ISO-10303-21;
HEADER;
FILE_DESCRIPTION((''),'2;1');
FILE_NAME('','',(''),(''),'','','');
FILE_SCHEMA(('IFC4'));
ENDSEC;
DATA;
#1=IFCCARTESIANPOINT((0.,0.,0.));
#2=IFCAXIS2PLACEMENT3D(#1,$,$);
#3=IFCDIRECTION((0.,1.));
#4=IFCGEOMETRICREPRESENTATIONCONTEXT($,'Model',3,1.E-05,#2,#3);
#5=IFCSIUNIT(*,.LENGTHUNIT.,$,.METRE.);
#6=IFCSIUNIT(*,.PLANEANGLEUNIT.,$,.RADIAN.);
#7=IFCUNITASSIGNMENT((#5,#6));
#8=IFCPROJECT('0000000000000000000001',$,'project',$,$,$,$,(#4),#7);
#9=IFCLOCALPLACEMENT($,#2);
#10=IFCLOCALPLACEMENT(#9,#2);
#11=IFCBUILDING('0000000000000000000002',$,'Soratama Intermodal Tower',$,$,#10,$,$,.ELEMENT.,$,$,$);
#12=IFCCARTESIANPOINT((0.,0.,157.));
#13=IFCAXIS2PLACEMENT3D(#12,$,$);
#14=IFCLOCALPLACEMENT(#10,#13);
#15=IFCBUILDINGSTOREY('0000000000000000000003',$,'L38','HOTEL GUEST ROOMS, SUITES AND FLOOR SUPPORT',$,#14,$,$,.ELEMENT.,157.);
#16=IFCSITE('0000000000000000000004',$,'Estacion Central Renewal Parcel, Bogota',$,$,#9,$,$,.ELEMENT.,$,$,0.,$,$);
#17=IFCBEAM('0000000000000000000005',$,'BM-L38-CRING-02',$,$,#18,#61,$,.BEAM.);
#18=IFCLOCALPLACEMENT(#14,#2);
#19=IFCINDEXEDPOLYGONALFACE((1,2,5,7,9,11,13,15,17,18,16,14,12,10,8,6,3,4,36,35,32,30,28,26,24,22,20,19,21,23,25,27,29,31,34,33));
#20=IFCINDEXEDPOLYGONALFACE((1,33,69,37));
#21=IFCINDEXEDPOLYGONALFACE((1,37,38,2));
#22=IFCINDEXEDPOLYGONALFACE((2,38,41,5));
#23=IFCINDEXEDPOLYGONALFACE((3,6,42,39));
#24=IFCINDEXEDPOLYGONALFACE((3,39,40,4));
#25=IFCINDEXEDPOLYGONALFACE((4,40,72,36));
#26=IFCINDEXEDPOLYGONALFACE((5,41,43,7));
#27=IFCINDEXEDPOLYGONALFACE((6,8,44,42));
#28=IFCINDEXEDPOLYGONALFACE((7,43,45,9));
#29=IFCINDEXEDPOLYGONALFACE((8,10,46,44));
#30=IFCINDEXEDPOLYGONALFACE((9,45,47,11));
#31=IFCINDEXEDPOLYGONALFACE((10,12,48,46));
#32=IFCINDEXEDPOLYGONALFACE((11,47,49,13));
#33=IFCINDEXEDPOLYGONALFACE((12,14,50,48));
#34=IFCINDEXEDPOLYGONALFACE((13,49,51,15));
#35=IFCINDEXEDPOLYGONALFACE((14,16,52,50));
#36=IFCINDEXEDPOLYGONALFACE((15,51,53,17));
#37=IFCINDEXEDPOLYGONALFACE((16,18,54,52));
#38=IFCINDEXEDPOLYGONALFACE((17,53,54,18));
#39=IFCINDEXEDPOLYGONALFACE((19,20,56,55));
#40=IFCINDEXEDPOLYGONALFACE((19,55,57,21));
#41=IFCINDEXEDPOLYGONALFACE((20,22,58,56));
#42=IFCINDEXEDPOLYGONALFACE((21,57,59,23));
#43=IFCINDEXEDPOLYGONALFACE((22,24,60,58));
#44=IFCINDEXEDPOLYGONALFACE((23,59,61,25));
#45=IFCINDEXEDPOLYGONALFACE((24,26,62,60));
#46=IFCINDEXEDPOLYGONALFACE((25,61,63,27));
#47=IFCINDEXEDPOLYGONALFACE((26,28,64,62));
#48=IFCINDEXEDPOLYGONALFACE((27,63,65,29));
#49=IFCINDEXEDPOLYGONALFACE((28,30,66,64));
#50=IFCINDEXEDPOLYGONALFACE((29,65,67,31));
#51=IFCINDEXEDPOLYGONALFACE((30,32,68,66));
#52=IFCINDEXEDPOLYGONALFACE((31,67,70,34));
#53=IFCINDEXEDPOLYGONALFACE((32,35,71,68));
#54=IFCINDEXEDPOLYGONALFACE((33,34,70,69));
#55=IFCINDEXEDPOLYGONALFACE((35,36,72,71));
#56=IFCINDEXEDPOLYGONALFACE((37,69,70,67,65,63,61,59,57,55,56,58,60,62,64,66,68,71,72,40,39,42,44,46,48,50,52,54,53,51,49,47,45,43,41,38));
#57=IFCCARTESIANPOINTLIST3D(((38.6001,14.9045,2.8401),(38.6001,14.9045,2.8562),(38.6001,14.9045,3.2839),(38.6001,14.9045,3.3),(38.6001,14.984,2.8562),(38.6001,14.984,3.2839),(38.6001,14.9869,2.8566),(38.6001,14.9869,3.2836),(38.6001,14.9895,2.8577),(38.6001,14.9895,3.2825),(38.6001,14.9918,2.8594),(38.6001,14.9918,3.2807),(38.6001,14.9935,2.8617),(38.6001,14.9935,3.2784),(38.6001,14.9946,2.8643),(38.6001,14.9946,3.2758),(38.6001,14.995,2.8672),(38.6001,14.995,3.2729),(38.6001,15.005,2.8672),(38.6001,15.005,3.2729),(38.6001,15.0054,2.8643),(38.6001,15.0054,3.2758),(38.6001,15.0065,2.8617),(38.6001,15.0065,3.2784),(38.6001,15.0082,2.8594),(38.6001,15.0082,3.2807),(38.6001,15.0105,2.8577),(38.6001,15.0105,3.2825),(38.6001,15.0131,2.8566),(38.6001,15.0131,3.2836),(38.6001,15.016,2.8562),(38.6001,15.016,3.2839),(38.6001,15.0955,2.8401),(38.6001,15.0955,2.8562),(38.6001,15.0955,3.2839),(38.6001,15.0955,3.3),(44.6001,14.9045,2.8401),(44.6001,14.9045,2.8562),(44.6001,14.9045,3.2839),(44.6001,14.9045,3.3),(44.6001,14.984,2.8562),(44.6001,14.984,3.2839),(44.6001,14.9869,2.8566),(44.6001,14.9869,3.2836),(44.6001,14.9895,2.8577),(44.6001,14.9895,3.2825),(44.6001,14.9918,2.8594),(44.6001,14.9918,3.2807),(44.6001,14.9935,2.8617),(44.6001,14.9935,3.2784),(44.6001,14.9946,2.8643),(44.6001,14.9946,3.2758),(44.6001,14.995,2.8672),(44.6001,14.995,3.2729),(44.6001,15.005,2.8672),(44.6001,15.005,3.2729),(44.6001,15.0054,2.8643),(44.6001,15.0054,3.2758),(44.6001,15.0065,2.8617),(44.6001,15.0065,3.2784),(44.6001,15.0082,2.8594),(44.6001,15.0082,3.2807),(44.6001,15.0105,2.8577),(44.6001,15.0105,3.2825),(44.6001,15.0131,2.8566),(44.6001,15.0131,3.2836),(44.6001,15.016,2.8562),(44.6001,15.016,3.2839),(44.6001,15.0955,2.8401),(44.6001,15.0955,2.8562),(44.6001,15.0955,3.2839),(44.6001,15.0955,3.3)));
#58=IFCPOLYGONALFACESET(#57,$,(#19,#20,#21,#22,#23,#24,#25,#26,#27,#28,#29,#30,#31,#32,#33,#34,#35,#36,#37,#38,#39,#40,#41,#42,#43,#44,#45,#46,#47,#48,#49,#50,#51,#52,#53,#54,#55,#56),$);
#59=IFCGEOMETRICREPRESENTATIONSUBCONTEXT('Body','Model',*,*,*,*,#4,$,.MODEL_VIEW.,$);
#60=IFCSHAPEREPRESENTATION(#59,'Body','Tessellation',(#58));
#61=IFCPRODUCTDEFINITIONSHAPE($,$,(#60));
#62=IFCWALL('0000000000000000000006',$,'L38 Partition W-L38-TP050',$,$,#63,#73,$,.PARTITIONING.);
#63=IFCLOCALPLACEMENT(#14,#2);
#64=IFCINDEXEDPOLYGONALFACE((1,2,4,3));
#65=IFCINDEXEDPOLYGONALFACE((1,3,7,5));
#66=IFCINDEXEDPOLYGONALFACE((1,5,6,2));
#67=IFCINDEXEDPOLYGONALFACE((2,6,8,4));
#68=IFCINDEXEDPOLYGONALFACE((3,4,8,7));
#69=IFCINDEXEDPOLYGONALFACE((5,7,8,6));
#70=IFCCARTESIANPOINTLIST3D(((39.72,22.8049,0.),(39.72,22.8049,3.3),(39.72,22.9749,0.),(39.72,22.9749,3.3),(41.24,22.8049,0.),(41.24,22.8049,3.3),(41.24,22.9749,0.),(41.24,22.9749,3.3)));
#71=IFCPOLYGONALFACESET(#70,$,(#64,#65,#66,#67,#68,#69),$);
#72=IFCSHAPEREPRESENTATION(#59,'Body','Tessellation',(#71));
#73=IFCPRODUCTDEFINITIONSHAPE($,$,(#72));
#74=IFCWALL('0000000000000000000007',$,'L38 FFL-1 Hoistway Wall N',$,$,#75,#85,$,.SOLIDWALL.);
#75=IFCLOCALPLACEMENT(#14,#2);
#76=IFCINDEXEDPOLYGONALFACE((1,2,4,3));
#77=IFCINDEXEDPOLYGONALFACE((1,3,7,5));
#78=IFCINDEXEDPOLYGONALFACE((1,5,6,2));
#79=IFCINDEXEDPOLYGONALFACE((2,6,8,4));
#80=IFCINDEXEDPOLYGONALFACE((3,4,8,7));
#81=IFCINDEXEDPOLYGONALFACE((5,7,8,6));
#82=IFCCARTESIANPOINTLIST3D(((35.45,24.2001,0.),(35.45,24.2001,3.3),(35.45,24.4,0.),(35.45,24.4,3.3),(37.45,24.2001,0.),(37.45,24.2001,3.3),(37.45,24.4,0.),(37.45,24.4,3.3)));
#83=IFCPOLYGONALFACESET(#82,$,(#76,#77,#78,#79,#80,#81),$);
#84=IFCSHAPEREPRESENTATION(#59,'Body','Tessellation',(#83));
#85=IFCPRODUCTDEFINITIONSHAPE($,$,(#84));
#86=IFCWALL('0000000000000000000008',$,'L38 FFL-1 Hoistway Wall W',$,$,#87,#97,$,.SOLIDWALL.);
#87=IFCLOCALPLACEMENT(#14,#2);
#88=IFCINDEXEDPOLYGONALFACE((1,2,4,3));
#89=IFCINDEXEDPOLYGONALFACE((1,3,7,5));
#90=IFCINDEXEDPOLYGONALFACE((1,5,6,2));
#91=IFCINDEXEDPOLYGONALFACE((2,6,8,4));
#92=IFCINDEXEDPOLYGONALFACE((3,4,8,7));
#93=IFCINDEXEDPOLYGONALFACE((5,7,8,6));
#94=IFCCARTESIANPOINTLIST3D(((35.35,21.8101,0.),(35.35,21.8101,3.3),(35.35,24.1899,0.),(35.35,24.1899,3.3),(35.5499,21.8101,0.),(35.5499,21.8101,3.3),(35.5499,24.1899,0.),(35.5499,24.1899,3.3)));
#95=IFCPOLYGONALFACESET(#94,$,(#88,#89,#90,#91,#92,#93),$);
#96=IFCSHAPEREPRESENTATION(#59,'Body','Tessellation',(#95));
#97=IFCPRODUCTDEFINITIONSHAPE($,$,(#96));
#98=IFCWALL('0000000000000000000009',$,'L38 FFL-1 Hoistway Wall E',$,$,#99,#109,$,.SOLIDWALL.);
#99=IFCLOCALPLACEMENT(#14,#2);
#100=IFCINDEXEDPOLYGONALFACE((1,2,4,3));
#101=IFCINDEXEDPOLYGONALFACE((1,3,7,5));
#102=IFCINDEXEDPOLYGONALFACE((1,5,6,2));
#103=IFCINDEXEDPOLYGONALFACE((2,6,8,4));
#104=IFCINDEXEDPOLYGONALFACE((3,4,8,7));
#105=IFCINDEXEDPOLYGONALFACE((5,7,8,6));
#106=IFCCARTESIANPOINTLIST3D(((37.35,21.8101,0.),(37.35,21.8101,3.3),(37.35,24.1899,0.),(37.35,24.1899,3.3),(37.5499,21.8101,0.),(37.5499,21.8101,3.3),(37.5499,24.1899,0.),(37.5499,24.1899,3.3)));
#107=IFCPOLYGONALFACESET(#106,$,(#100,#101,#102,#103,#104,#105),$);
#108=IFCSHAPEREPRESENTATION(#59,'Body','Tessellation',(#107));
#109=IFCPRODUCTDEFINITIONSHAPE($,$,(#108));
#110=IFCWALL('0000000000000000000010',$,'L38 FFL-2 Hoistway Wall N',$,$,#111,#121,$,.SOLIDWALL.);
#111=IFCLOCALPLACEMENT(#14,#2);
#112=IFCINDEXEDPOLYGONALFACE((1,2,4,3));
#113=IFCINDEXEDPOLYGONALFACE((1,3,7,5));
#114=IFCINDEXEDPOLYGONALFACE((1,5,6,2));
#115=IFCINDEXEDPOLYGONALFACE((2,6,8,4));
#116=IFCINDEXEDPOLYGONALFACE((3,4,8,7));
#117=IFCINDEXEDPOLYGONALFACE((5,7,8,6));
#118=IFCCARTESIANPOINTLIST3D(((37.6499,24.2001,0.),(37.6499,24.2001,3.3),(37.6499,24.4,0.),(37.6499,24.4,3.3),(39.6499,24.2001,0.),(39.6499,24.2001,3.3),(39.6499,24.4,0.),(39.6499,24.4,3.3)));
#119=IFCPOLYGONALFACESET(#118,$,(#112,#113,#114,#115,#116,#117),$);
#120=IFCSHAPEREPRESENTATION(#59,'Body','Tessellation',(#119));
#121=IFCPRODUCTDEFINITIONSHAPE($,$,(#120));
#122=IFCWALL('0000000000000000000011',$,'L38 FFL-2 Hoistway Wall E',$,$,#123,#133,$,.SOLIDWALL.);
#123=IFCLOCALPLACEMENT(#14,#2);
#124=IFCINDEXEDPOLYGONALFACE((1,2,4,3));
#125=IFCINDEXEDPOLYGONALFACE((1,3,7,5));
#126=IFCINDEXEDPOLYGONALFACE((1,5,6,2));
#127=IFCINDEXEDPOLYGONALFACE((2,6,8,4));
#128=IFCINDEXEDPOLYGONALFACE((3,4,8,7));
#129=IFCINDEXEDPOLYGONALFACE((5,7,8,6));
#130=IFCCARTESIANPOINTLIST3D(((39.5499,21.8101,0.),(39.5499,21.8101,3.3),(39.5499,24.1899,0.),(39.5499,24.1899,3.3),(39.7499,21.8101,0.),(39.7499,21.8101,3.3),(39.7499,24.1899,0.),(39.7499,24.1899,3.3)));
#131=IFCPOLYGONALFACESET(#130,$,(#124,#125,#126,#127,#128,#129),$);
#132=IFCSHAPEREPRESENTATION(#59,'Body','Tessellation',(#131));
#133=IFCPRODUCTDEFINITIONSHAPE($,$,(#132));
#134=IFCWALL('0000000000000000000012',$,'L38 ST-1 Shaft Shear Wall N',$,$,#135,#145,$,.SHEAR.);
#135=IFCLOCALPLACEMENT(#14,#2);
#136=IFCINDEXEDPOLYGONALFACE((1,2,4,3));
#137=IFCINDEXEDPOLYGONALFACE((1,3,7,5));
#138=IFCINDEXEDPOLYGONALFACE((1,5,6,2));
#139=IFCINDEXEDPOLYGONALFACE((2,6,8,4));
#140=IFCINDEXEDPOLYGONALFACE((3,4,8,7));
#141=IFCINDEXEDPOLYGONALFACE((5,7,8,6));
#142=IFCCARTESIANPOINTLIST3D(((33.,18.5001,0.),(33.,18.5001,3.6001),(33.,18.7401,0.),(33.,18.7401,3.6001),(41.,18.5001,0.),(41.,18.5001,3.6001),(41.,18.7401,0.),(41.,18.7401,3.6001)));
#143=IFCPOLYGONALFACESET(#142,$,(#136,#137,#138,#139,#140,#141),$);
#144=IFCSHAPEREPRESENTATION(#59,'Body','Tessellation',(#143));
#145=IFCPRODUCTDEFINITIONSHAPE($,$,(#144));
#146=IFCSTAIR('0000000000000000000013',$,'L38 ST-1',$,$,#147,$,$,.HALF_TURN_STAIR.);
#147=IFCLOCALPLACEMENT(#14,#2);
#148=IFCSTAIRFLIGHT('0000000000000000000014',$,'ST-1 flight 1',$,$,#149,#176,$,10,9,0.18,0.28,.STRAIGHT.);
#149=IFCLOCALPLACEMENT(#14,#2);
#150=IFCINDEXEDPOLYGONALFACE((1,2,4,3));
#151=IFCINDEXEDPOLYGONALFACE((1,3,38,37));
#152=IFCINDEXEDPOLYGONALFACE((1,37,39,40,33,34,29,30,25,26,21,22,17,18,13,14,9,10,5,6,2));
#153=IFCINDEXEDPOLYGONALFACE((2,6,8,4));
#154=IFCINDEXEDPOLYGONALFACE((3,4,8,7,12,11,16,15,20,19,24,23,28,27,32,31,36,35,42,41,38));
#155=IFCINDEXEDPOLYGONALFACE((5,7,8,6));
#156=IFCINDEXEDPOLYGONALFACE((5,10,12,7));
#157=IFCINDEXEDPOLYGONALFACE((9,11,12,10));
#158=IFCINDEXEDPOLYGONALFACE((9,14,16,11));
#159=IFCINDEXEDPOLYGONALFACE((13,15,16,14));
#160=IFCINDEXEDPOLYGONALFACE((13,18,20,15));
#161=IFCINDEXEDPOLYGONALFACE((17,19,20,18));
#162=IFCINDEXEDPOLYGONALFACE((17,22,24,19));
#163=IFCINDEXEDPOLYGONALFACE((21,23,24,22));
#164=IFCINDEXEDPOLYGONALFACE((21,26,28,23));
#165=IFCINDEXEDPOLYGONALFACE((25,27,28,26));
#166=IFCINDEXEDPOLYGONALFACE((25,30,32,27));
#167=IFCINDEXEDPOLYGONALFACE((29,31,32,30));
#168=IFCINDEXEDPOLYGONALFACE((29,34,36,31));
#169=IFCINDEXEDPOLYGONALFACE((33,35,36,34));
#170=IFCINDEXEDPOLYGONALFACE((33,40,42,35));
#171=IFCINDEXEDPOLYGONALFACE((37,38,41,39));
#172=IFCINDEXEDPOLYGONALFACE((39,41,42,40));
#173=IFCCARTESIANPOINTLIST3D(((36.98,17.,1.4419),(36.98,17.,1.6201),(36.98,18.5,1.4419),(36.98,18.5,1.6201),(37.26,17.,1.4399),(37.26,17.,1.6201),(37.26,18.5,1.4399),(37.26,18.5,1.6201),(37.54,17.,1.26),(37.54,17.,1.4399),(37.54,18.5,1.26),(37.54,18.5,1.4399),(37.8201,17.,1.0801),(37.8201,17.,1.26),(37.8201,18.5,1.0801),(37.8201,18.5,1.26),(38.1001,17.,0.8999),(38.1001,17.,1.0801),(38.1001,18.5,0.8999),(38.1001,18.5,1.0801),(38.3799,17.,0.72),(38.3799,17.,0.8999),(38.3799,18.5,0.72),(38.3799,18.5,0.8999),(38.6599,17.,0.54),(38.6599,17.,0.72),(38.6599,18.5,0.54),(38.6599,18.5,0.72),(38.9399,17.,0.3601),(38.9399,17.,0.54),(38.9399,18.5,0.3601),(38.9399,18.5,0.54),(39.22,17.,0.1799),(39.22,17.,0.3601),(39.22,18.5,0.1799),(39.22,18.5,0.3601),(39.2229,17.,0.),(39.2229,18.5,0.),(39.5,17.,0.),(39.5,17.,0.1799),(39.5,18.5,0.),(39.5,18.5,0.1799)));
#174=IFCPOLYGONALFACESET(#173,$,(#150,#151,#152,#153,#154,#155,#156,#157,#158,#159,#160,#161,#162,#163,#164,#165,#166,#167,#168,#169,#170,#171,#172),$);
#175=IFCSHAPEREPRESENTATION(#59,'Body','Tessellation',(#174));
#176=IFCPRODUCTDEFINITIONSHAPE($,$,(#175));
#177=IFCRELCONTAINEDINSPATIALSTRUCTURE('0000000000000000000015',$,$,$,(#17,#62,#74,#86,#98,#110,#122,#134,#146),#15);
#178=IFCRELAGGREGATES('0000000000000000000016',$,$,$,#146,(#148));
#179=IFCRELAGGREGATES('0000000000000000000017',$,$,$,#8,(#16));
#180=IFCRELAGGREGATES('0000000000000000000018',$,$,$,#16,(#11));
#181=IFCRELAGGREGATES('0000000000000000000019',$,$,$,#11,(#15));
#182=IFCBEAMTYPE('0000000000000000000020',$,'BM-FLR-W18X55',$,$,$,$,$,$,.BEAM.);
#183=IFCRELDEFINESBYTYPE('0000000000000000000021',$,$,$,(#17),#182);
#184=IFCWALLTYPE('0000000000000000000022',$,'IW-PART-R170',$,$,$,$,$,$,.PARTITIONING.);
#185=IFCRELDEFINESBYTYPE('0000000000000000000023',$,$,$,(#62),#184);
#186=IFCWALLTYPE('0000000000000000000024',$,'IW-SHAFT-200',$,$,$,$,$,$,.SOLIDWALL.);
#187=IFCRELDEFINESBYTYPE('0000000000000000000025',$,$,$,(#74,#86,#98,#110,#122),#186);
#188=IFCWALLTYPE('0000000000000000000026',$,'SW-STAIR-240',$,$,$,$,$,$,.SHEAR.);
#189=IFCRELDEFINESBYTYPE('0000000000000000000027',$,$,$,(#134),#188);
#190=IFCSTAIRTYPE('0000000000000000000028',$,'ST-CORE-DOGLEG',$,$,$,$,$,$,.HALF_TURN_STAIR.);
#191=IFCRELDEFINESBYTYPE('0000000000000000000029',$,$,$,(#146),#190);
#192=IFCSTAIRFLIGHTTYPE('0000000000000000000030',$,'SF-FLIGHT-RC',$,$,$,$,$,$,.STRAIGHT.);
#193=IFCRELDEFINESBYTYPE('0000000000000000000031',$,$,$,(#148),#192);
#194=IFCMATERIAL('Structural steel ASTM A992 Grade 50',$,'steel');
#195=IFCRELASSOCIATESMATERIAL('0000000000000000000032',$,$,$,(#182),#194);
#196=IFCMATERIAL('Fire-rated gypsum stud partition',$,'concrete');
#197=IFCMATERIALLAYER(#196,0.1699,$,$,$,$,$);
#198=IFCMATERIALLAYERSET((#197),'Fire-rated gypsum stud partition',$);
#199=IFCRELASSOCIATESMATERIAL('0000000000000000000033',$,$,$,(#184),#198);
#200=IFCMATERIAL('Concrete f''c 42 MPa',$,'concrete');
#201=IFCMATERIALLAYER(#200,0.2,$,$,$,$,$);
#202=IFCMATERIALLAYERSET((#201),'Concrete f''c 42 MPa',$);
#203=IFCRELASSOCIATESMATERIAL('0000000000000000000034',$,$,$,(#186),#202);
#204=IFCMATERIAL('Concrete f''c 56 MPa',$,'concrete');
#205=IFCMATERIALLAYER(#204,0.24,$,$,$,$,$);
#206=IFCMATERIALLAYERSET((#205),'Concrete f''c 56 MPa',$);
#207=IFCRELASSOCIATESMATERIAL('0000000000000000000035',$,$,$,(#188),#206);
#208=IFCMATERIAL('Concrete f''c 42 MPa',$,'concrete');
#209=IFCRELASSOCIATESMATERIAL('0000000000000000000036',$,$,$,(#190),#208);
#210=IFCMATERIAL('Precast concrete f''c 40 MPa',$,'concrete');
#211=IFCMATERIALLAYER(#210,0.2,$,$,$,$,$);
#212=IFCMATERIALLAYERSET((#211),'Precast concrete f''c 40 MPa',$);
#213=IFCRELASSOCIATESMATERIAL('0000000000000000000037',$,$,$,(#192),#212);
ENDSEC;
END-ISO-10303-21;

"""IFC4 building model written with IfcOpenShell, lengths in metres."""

from ifc_helpers import new_model, si_unit, direction, frame, frame_2d, origin, origin_2d, place, context, subcontext, project, spatial, polyline, rectangle, i_section, outline, extrude, material, layer, layer_set, material_profile, profile_set, type_object, element, aggregate, save


model = new_model("IFC4")

# Units and contexts
model_context = context("Model", 3, precision=1e-05, world=origin(), true_north=direction((0.0, 1.0)))
body_context = subcontext(model_context, "Body", "Model", "MODEL_VIEW")
ifc_project = project(units=[si_unit("LENGTHUNIT", "METRE"), si_unit("PLANEANGLEUNIT", "RADIAN")], contexts=[model_context])

# Site, building, storey
site_placement = place(None, origin())
site = spatial("IfcSite", under=ifc_project, at=site_placement, Name="Estacion Central Renewal Parcel, Bogota", CompositionType="ELEMENT", RefElevation=0.0)
building_placement = place(site_placement, origin())
building = spatial("IfcBuilding", under=site, at=building_placement, Name="Soratama Intermodal Tower", CompositionType="ELEMENT")
storey_placement = place(building_placement, frame((0.0, 0.0, 157.0)))
storey = spatial("IfcBuildingStorey", under=building, at=storey_placement, Name="L38", Description="HOTEL GUEST ROOMS, SUITES AND FLOOR SUPPORT", CompositionType="ELEMENT", Elevation=157.0)

# Beam
ifc_material_1 = material(Name="Structural steel ASTM A992 Grade 50", Category="steel")
ifc_material_profile = material_profile(ifc_material_1, i_section(OverallWidth=0.1909, OverallDepth=0.46, WebThickness=0.01, FlangeThickness=0.0161, FilletRadius=0.011, at=origin_2d()), Name="W18X55")
ifc_profile_set = profile_set([ifc_material_profile], Name="Structural steel ASTM A992 Grade 50")
beam_type = type_object("IfcBeamType", Name="BM-FLR-W18X55", PredefinedType="BEAM", material=ifc_profile_set)
beam_placement = place(storey_placement, frame((38.6001, 15.0, 3.0701), z_axis=(1.0, 0.0, 0.0), x_axis=(0.0, 1.0, 0.0)))
element("IfcBeam", 1, at=beam_placement, inside=storey, type_object=beam_type, Name="BM-L38-CRING-02", PredefinedType="BEAM", context=body_context, shape_type="SweptSolid", body=[
    extrude(i_section(OverallWidth=0.1909, OverallDepth=0.46, WebThickness=0.01, FlangeThickness=0.0161, FilletRadius=0.011, at=origin_2d()), origin(), (0.0, 0.0, 1.0), 6.0),
])

# Wall
ifc_material_2 = material(Name="Fire-rated gypsum stud partition", Category="concrete")
ifc_layer_1 = layer(ifc_material_2, 0.1699)
ifc_layer_set_1 = layer_set([ifc_layer_1], Name="Fire-rated gypsum stud partition")
wall_type_1 = type_object("IfcWallType", Name="IW-PART-R170", PredefinedType="PARTITIONING", material=ifc_layer_set_1)
wall_1_placement = place(storey_placement, frame((39.72, 22.8899, 0.0), z_axis=(0.0, 0.0, 1.0), x_axis=(1.0, 0.0, 0.0)))
element("IfcWall", 2, at=wall_1_placement, inside=storey, type_object=wall_type_1, Name="L38 Partition W-L38-TP050", PredefinedType="PARTITIONING", context=body_context, shape_type="SweptSolid", body=[
    extrude(rectangle(XDim=1.52, YDim=0.1699, at=frame_2d((0.76, 0.0))), origin(), (0.0, 0.0, 1.0), 3.3),
])

# Shared definitions
ifc_material_3 = material(Name="Concrete f'c 42 MPa", Category="concrete")
ifc_layer_2 = layer(ifc_material_3, 0.2)
ifc_layer_set_2 = layer_set([ifc_layer_2], Name="Concrete f'c 42 MPa")
wall_type_2 = type_object("IfcWallType", Name="IW-SHAFT-200", PredefinedType="SOLIDWALL", material=ifc_layer_set_2)

# Walls
wall_2_placement = place(storey_placement, frame((35.45, 24.3, 0.0), z_axis=(0.0, 0.0, 1.0), x_axis=(1.0, 0.0, 0.0)))
element("IfcWall", 3, at=wall_2_placement, inside=storey, type_object=wall_type_2, Name="L38 FFL-1 Hoistway Wall N", PredefinedType="SOLIDWALL", context=body_context, shape_type="SweptSolid", body=[
    extrude(rectangle(XDim=2.0, YDim=0.2, at=frame_2d((1.0, 0.0))), origin(), (0.0, 0.0, 1.0), 3.3),
])
for number, where, z_axis, x_axis, name in (
    (4, (35.45, 21.8101, 0.0), (0.0, 0.0, 1.0), (0.0, 1.0, 0.0), "L38 FFL-1 Hoistway Wall W"),
    (5, (37.45, 21.8101, 0.0), (0.0, 0.0, 1.0), (0.0, 1.0, 0.0), "L38 FFL-1 Hoistway Wall E"),
):
    element("IfcWall", number, at=place(storey_placement, frame(where, z_axis=z_axis, x_axis=x_axis)), inside=storey, type_object=wall_type_2, Name=name, PredefinedType="SOLIDWALL", context=body_context, shape_type="SweptSolid", body=[
        extrude(rectangle(XDim=2.3799, YDim=0.2, at=frame_2d((1.1899, 0.0))), origin(), (0.0, 0.0, 1.0), 3.3),
    ])

# Walls
wall_3_placement = place(storey_placement, frame((37.6499, 24.3, 0.0), z_axis=(0.0, 0.0, 1.0), x_axis=(1.0, 0.0, 0.0)))
element("IfcWall", 6, at=wall_3_placement, inside=storey, type_object=wall_type_2, Name="L38 FFL-2 Hoistway Wall N", PredefinedType="SOLIDWALL", context=body_context, shape_type="SweptSolid", body=[
    extrude(rectangle(XDim=2.0, YDim=0.2, at=frame_2d((1.0, 0.0))), origin(), (0.0, 0.0, 1.0), 3.3),
])
wall_4_placement = place(storey_placement, frame((39.6499, 21.8101, 0.0), z_axis=(0.0, 0.0, 1.0), x_axis=(0.0, 1.0, 0.0)))
element("IfcWall", 7, at=wall_4_placement, inside=storey, type_object=wall_type_2, Name="L38 FFL-2 Hoistway Wall E", PredefinedType="SOLIDWALL", context=body_context, shape_type="SweptSolid", body=[
    extrude(rectangle(XDim=2.3799, YDim=0.2, at=frame_2d((1.1899, 0.0))), origin(), (0.0, 0.0, 1.0), 3.3),
])

# Wall
ifc_material_4 = material(Name="Concrete f'c 56 MPa", Category="concrete")
ifc_layer_3 = layer(ifc_material_4, 0.24)
ifc_layer_set_3 = layer_set([ifc_layer_3], Name="Concrete f'c 56 MPa")
wall_type_3 = type_object("IfcWallType", Name="SW-STAIR-240", PredefinedType="SHEAR", material=ifc_layer_set_3)
wall_5_placement = place(storey_placement, frame((33.0, 18.6201, 0.0), z_axis=(0.0, 0.0, 1.0), x_axis=(1.0, 0.0, 0.0)))
element("IfcWall", 8, at=wall_5_placement, inside=storey, type_object=wall_type_3, Name="L38 ST-1 Shaft Shear Wall N", PredefinedType="SHEAR", context=body_context, shape_type="SweptSolid", body=[
    extrude(rectangle(XDim=8.0, YDim=0.24, at=frame_2d((4.0, 0.0))), origin(), (0.0, 0.0, 1.0), 3.6001),
])

# Stair, stair flight
ifc_material_5 = material(Name="Concrete f'c 42 MPa", Category="concrete")
stair_type = type_object("IfcStairType", Name="ST-CORE-DOGLEG", PredefinedType="HALF_TURN_STAIR", material=ifc_material_5)
stair_placement = place(storey_placement, origin())
stair = element("IfcStair", 9, at=stair_placement, inside=storey, type_object=stair_type, Name="L38 ST-1", PredefinedType="HALF_TURN_STAIR")
ifc_material_6 = material(Name="Precast concrete f'c 40 MPa", Category="concrete")
ifc_layer_4 = layer(ifc_material_6, 0.2)
ifc_layer_set_4 = layer_set([ifc_layer_4], Name="Precast concrete f'c 40 MPa")
stair_flight_type = type_object("IfcStairFlightType", Name="SF-FLIGHT-RC", PredefinedType="STRAIGHT", material=ifc_layer_set_4)
stair_flight_1_placement = place(storey_placement, frame((39.5, 17.75, 0.0), z_axis=(0.0, 0.0, 1.0), x_axis=(-1.0, 0.0, 0.0)))
stair_flight_1 = element("IfcStairFlight", 10, at=stair_flight_1_placement, type_object=stair_flight_type, Name="ST-1 flight 1", NumberOfRisers=10, NumberOfTreads=9, PredefinedType="STRAIGHT", RiserHeight=0.18, TreadLength=0.28, context=body_context, shape_type="SweptSolid", body=[
    extrude(outline(polyline([(0.0, 0.0), (0.0, 0.1799), (0.28, 0.1799), (0.28, 0.3601), (0.5601, 0.3601), (0.5601, 0.54), (0.8401, 0.54), (0.8401, 0.72), (1.1201, 0.72), (1.1201, 0.8999), (1.3999, 0.8999), (1.3999, 1.0801), (1.6799, 1.0801), (1.6799, 1.26), (1.96, 1.26), (1.96, 1.4399), (2.24, 1.4399), (2.24, 1.6201), (2.52, 1.6201), (2.52, 1.8), (2.52, 1.4419), (0.2771, 0.0), (0.0, 0.0)])), frame((0.0, 0.75, 0.0), z_axis=(0.0, -1.0, 0.0), x_axis=(1.0, 0.0, 0.0)), (0.0, 0.0, 1.0), 1.5),
])
aggregate(stair, [stair_flight_1])

save(model, "model.ifc")
